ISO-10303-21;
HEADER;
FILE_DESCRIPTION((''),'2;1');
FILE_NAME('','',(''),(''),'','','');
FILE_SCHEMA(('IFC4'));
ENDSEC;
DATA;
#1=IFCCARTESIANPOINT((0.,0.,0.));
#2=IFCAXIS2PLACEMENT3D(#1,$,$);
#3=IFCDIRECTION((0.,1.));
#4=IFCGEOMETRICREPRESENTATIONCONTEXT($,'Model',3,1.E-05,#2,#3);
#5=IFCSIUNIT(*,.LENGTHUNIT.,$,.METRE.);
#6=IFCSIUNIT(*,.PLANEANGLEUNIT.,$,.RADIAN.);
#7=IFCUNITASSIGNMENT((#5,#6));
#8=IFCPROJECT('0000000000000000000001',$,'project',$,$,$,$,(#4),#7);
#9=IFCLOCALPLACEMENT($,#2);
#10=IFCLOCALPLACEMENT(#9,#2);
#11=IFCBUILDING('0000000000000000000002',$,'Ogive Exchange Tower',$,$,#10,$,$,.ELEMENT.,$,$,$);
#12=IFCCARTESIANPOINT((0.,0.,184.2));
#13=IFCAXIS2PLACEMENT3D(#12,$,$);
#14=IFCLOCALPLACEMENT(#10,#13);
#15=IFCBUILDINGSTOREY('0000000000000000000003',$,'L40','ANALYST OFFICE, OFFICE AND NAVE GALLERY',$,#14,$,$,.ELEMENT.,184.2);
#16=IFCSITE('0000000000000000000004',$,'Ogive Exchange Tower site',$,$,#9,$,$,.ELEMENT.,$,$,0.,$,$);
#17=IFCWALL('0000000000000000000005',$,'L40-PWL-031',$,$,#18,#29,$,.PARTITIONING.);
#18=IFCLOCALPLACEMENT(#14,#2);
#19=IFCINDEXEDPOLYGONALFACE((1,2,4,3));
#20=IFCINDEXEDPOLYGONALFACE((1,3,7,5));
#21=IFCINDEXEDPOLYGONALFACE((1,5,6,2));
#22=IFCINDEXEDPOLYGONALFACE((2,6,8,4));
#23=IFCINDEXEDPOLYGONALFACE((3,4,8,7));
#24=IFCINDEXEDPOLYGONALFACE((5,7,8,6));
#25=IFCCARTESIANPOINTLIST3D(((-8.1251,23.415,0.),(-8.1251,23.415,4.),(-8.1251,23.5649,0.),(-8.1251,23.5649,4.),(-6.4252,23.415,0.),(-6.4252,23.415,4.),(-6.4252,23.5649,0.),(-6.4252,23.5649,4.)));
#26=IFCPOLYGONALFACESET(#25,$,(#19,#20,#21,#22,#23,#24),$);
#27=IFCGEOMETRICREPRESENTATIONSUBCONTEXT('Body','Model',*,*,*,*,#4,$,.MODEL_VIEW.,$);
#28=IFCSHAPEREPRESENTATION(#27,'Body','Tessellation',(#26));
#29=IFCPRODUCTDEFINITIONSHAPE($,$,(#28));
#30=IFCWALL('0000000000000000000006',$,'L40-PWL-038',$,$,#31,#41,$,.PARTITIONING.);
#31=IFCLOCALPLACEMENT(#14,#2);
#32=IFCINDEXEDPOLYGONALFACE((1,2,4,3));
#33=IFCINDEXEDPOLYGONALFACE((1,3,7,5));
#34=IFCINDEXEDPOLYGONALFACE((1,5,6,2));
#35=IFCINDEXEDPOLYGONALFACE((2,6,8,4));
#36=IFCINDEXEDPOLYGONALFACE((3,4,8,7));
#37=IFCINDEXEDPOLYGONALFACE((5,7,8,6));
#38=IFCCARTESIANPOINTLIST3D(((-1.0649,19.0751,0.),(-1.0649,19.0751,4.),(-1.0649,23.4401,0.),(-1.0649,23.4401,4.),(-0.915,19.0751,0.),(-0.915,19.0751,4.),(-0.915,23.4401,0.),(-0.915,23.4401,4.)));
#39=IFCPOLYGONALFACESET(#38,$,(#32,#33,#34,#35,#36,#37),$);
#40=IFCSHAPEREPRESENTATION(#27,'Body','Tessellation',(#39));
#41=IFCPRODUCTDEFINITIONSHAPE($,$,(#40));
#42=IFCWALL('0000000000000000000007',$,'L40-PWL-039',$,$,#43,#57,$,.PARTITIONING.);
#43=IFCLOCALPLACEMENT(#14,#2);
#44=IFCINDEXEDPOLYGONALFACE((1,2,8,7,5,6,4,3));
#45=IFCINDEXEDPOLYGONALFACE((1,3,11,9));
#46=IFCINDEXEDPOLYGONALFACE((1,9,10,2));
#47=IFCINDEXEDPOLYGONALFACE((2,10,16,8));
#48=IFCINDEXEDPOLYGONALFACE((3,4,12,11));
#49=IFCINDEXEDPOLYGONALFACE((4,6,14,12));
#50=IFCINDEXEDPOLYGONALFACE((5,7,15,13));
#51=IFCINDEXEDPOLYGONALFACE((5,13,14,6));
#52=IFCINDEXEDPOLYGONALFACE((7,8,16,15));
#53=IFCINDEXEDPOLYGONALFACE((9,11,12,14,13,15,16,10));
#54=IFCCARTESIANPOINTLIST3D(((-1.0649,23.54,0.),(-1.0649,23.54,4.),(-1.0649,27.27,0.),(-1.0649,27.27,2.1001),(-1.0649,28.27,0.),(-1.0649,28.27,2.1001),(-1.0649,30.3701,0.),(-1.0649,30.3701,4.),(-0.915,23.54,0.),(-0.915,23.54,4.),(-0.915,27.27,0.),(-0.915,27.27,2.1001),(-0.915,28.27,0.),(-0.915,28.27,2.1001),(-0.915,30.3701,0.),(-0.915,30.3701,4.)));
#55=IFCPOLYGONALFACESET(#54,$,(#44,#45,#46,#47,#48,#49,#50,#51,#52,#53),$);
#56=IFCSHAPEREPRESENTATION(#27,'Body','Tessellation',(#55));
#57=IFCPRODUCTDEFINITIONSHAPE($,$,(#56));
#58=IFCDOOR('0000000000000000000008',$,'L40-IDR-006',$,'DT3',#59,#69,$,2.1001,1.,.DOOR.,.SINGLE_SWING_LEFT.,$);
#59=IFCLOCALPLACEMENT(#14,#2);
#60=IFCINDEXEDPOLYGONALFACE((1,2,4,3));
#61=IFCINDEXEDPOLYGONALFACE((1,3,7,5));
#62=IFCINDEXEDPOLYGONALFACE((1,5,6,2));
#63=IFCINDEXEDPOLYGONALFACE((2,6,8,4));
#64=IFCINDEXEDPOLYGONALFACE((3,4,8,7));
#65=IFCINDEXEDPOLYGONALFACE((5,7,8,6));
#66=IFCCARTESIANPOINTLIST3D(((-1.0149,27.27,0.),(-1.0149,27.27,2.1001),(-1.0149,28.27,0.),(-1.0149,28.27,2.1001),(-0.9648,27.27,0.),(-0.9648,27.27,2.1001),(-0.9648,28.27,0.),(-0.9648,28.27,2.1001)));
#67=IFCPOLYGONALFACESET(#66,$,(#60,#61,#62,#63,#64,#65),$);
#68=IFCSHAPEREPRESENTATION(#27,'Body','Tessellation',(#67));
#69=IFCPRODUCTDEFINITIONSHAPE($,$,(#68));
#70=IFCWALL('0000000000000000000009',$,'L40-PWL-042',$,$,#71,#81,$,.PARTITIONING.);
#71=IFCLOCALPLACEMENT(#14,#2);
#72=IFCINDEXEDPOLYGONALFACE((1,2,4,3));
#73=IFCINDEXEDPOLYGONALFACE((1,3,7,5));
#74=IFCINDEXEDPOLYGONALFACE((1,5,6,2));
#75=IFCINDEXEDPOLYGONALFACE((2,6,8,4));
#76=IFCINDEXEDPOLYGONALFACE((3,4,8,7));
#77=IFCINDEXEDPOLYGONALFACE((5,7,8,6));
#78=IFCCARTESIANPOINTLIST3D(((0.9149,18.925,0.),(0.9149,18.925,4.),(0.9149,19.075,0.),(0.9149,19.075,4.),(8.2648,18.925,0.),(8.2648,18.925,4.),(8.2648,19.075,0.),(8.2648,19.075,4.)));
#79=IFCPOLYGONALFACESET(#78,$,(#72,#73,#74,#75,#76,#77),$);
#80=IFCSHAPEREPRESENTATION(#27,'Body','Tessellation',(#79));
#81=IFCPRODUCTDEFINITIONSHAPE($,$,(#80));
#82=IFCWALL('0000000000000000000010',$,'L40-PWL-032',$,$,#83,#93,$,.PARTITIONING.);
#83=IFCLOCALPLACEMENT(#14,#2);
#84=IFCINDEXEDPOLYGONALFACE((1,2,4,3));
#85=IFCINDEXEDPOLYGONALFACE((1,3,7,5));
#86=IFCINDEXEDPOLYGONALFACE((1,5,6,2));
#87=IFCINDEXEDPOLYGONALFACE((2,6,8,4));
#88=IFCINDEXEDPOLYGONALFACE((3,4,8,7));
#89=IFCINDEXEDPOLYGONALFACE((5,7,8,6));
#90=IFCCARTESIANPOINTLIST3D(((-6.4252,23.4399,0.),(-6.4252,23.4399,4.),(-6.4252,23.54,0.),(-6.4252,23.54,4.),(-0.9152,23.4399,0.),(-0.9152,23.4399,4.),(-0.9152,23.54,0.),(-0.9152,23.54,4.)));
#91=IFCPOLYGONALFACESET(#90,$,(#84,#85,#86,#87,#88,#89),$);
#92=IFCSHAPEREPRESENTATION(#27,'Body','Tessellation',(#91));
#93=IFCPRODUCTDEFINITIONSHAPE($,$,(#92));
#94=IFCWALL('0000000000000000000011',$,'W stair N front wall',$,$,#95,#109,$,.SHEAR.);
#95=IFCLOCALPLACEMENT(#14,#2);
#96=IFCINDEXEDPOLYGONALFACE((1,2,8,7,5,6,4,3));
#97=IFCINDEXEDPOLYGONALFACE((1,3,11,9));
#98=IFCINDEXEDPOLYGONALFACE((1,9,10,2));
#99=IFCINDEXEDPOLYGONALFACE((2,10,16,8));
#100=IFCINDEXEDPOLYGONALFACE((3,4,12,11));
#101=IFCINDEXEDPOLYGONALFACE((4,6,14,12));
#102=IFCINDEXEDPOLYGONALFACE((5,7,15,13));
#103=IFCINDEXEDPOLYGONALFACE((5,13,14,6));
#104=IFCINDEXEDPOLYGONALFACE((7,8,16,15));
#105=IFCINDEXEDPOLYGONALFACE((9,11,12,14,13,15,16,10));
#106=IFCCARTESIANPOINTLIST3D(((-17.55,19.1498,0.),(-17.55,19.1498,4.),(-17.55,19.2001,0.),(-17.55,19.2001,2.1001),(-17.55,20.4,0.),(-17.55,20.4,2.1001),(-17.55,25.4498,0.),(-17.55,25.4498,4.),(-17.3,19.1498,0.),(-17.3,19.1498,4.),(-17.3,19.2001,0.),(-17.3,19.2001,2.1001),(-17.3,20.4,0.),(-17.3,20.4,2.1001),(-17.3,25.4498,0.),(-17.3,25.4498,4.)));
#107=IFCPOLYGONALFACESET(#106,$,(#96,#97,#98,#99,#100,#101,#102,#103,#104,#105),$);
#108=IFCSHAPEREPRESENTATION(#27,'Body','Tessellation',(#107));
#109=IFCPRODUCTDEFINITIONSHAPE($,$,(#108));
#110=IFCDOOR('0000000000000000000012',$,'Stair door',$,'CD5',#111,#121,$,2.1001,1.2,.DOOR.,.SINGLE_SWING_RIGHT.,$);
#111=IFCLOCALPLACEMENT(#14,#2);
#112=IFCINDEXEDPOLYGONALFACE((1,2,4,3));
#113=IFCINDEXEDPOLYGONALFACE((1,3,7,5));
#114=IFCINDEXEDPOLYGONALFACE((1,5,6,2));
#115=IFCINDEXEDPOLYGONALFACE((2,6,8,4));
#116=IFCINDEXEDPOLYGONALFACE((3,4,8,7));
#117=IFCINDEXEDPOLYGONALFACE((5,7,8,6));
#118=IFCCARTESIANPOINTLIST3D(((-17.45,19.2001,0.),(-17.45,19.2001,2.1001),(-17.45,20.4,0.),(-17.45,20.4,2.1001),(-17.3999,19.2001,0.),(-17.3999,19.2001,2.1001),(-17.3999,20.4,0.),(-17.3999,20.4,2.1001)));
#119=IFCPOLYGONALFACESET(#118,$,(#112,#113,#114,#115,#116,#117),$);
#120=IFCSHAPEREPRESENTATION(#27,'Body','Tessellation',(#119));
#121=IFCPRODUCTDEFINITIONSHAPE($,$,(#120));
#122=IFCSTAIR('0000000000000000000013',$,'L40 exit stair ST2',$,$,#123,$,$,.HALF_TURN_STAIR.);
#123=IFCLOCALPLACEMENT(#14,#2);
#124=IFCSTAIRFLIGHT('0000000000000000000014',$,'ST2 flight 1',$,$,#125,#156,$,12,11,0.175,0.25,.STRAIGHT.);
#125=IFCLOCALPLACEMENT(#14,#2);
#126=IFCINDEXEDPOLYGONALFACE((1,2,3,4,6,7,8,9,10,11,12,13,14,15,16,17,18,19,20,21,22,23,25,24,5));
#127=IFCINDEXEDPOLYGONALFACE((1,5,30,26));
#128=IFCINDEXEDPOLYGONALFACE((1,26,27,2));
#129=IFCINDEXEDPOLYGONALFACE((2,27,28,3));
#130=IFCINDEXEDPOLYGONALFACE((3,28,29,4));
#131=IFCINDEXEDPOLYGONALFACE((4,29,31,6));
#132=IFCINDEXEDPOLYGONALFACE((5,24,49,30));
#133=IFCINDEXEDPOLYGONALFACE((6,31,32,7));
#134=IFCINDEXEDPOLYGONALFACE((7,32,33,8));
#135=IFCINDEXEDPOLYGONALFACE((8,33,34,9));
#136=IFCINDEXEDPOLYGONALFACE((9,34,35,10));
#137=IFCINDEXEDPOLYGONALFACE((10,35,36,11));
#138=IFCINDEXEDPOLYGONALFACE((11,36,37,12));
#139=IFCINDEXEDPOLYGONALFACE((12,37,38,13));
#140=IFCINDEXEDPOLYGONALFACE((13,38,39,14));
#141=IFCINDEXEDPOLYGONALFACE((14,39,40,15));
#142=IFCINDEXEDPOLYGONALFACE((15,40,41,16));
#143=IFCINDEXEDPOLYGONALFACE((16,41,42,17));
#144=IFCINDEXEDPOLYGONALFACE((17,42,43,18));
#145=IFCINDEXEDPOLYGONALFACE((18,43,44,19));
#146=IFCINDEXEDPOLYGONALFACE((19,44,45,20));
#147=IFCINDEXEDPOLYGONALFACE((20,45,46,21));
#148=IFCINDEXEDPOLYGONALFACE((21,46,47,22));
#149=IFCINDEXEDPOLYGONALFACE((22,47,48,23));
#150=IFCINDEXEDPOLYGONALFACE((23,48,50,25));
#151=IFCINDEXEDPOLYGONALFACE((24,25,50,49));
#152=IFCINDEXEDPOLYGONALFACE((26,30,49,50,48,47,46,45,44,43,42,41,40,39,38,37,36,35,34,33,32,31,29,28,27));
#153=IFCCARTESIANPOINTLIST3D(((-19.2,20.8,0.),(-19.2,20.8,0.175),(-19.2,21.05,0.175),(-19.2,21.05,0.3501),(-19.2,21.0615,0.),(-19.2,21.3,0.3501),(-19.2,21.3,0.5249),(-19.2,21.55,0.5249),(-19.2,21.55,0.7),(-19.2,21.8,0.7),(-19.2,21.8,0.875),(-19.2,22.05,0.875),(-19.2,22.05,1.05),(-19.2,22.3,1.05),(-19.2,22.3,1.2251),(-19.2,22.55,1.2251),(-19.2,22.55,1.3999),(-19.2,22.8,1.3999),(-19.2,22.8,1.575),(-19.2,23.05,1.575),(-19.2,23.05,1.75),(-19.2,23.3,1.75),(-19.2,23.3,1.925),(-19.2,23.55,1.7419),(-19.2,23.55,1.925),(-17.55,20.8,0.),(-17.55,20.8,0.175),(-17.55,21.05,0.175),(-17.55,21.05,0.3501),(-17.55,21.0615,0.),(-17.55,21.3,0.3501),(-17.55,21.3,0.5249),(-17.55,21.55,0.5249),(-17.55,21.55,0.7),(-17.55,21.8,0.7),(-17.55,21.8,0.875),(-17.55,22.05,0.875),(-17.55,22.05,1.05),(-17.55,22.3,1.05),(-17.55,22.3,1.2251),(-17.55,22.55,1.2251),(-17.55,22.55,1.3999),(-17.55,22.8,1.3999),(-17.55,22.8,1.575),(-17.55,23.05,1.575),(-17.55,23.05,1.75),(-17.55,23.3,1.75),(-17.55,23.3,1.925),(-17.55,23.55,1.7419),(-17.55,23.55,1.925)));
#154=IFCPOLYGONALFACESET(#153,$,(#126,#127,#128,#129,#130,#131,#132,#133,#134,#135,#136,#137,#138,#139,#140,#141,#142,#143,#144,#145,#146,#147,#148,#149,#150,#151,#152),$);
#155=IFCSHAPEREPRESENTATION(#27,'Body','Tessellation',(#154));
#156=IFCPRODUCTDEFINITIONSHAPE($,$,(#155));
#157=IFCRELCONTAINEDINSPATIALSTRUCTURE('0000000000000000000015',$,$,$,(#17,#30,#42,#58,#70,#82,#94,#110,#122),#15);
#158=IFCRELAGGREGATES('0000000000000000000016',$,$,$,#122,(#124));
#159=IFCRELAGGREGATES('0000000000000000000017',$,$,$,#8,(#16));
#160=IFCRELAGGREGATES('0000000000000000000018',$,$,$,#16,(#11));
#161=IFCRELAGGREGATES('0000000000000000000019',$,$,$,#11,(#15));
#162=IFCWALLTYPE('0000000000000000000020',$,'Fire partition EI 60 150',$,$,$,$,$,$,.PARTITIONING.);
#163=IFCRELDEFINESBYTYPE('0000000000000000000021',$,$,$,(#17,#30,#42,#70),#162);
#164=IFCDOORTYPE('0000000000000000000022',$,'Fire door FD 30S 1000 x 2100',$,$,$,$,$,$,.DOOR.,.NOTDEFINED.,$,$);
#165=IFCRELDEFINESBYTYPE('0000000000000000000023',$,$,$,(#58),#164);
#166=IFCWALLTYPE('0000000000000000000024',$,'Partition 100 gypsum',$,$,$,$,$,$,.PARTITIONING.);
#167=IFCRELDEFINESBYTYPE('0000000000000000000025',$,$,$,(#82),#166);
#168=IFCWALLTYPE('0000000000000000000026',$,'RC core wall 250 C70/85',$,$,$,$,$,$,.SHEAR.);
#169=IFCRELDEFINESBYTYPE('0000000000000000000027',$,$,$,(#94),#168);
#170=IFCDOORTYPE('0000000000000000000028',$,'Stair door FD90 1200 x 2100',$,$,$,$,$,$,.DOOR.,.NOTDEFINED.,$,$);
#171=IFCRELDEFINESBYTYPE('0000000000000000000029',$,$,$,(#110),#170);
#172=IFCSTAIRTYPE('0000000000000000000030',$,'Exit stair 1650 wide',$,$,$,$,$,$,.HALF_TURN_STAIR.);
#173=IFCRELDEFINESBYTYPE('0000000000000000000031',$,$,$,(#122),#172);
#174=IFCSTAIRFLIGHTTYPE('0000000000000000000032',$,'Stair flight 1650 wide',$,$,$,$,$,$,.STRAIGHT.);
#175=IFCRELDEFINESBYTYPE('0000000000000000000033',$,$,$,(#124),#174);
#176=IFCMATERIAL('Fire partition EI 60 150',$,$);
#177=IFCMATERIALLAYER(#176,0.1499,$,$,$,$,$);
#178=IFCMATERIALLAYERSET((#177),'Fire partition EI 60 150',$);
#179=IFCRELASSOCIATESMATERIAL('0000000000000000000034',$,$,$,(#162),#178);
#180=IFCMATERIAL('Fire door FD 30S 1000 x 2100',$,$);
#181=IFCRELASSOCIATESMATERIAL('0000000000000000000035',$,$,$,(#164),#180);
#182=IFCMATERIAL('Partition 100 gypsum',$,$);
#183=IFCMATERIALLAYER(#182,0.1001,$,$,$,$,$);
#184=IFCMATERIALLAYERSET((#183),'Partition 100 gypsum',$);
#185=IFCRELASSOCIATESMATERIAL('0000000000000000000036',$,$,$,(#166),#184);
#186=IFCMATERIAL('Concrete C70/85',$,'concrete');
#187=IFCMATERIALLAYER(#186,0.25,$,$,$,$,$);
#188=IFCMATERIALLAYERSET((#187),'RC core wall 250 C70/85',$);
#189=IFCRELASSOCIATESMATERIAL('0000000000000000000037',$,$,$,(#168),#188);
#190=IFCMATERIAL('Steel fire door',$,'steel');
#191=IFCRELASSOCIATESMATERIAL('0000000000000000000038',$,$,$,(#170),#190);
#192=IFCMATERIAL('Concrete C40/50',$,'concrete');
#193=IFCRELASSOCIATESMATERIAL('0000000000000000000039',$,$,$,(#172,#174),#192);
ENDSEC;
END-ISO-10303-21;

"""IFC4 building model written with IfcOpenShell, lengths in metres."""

from ifc_helpers import new_model, si_unit, direction, frame, frame_2d, origin, place, context, subcontext, project, spatial, polyline, rectangle, outline, extrude, material, layer, layer_set, type_object, element, fill, aggregate, save


model = new_model("IFC4")

# Units and contexts
model_context = context("Model", 3, precision=1e-05, world=origin(), true_north=direction((0.0, 1.0)))
body_context = subcontext(model_context, "Body", "Model", "MODEL_VIEW")
ifc_project = project(units=[si_unit("LENGTHUNIT", "METRE"), si_unit("PLANEANGLEUNIT", "RADIAN")], contexts=[model_context])

# Site, building, storey
site_placement = place(None, origin())
site = spatial("IfcSite", under=ifc_project, at=site_placement, Name="Ogive Exchange Tower site", CompositionType="ELEMENT", RefElevation=0.0)
building_placement = place(site_placement, origin())
building = spatial("IfcBuilding", under=site, at=building_placement, Name="Ogive Exchange Tower", CompositionType="ELEMENT")
storey_placement = place(building_placement, frame((0.0, 0.0, 184.2)))
storey = spatial("IfcBuildingStorey", under=building, at=storey_placement, Name="L40", Description="ANALYST OFFICE, OFFICE AND NAVE GALLERY", CompositionType="ELEMENT", Elevation=184.2)

# Shared definitions
ifc_material_1 = material(Name="Fire partition EI 60 150")
ifc_layer_1 = layer(ifc_material_1, 0.1499)
ifc_layer_set_1 = layer_set([ifc_layer_1], Name="Fire partition EI 60 150")
wall_type_1 = type_object("IfcWallType", Name="Fire partition EI 60 150", PredefinedType="PARTITIONING", material=ifc_layer_set_1)
ifc_material_2 = material(Name="Fire door FD 30S 1000 x 2100")
door_type_1 = type_object("IfcDoorType", Name="Fire door FD 30S 1000 x 2100", OperationType="NOTDEFINED", PredefinedType="DOOR", material=ifc_material_2)

# Walls
wall_1_placement = place(storey_placement, frame((-6.425, 23.49, 0.0), z_axis=(0.0, 0.0, 1.0), x_axis=(-1.0, 0.0, 0.0)))
element("IfcWall", 1, at=wall_1_placement, inside=storey, type_object=wall_type_1, Name="L40-PWL-031", PredefinedType="PARTITIONING", context=body_context, shape_type="SweptSolid", body=[
    extrude(rectangle(XDim=1.7, YDim=0.1499, at=frame_2d((0.8501, 0.0))), origin(), (0.0, 0.0, 1.0), 4.0),
])
wall_2_placement = place(storey_placement, frame((-0.99, 19.075, 0.0), z_axis=(0.0, 0.0, 1.0), x_axis=(0.0, 1.0, 0.0)))
element("IfcWall", 2, at=wall_2_placement, inside=storey, type_object=wall_type_1, Name="L40-PWL-038", PredefinedType="PARTITIONING", context=body_context, shape_type="SweptSolid", body=[
    extrude(rectangle(XDim=4.365, YDim=0.1499, at=frame_2d((2.1826, 0.0))), origin(), (0.0, 0.0, 1.0), 4.0),
])

# Wall, opening, door
wall_3_placement = place(storey_placement, frame((-0.99, 23.54, 0.0), z_axis=(0.0, 0.0, 1.0), x_axis=(0.0, 1.0, 0.0)))
wall_3 = element("IfcWall", 3, at=wall_3_placement, inside=storey, type_object=wall_type_1, Name="L40-PWL-039", PredefinedType="PARTITIONING", context=body_context, shape_type="SweptSolid", body=[
    extrude(rectangle(XDim=6.8301, YDim=0.1499, at=frame_2d((3.415, 0.0))), origin(), (0.0, 0.0, 1.0), 4.0),
])
opening_1_placement = place(wall_3_placement, frame((3.73, 0.0, 0.0)))
opening_1 = element("IfcOpeningElement", 4, at=opening_1_placement, cuts=wall_3, PredefinedType="OPENING", context=body_context, shape_type="SweptSolid", body=[
    extrude(rectangle(XDim=1.0, YDim=2.1001, at=frame_2d((0.5, 1.05))), frame((0.0, 0.085, 0.0), z_axis=(0.0, -1.0, 0.0), x_axis=(1.0, 0.0, 0.0)), (0.0, 0.0, 1.0), 0.1699),
])
door_1_placement = place(opening_1_placement, origin())
door_1 = element("IfcDoor", 5, at=door_1_placement, inside=storey, type_object=door_type_1, Name="L40-IDR-006", ObjectType="DT3", OperationType="SINGLE_SWING_LEFT", OverallHeight=2.1001, OverallWidth=1.0, PredefinedType="DOOR", context=body_context, shape_type="SweptSolid", body=[
    extrude(rectangle(XDim=1.0, YDim=2.1001, at=frame_2d((0.5, 1.05))), frame((0.0, 0.0249, 0.0), z_axis=(0.0, -1.0, 0.0), x_axis=(1.0, 0.0, 0.0)), (0.0, 0.0, 1.0), 0.05),
])
fill(opening_1, door_1)

# Walls
wall_4_placement = place(storey_placement, frame((0.915, 19.0, 0.0), z_axis=(0.0, 0.0, 1.0), x_axis=(1.0, 0.0, 0.0)))
element("IfcWall", 6, at=wall_4_placement, inside=storey, type_object=wall_type_1, Name="L40-PWL-042", PredefinedType="PARTITIONING", context=body_context, shape_type="SweptSolid", body=[
    extrude(rectangle(XDim=7.3499, YDim=0.1499, at=frame_2d((3.6748, 0.0))), origin(), (0.0, 0.0, 1.0), 4.0),
])
ifc_material_3 = material(Name="Partition 100 gypsum")
ifc_layer_2 = layer(ifc_material_3, 0.1001)
ifc_layer_set_2 = layer_set([ifc_layer_2], Name="Partition 100 gypsum")
wall_type_2 = type_object("IfcWallType", Name="Partition 100 gypsum", PredefinedType="PARTITIONING", material=ifc_layer_set_2)
wall_5_placement = place(storey_placement, frame((-6.425, 23.49, 0.0), z_axis=(0.0, 0.0, 1.0), x_axis=(1.0, 0.0, 0.0)))
element("IfcWall", 7, at=wall_5_placement, inside=storey, type_object=wall_type_2, Name="L40-PWL-032", PredefinedType="PARTITIONING", context=body_context, shape_type="SweptSolid", body=[
    extrude(rectangle(XDim=5.51, YDim=0.1001, at=frame_2d((2.7549, 0.0))), origin(), (0.0, 0.0, 1.0), 4.0),
])

# Wall, opening, door
ifc_material_4 = material(Name="Concrete C70/85", Category="concrete")
ifc_layer_3 = layer(ifc_material_4, 0.25)
ifc_layer_set_3 = layer_set([ifc_layer_3], Name="RC core wall 250 C70/85")
wall_type_3 = type_object("IfcWallType", Name="RC core wall 250 C70/85", PredefinedType="SHEAR", material=ifc_layer_set_3)
wall_6_placement = place(storey_placement, frame((-17.425, 19.1499, 0.0), z_axis=(0.0, 0.0, 1.0), x_axis=(0.0, 1.0, 0.0)))
wall_6 = element("IfcWall", 8, at=wall_6_placement, inside=storey, type_object=wall_type_3, Name="W stair N front wall", PredefinedType="SHEAR", context=body_context, shape_type="SweptSolid", body=[
    extrude(rectangle(XDim=6.3, YDim=0.25, at=frame_2d((3.1499, 0.0))), origin(), (0.0, 0.0, 1.0), 4.0),
])
opening_2_placement = place(wall_6_placement, frame((0.05, 0.0, 0.0)))
opening_2 = element("IfcOpeningElement", 9, at=opening_2_placement, cuts=wall_6, PredefinedType="OPENING", context=body_context, shape_type="SweptSolid", body=[
    extrude(rectangle(XDim=1.2, YDim=2.1001, at=frame_2d((0.6001, 1.05))), frame((0.0, 0.135, 0.0), z_axis=(0.0, -1.0, 0.0), x_axis=(1.0, 0.0, 0.0)), (0.0, 0.0, 1.0), 0.27),
])
ifc_material_5 = material(Name="Steel fire door", Category="steel")
door_type_2 = type_object("IfcDoorType", Name="Stair door FD90 1200 x 2100", OperationType="NOTDEFINED", PredefinedType="DOOR", material=ifc_material_5)
door_2_placement = place(opening_2_placement, origin())
door_2 = element("IfcDoor", 10, at=door_2_placement, inside=storey, type_object=door_type_2, Name="Stair door", ObjectType="CD5", OperationType="SINGLE_SWING_RIGHT", OverallHeight=2.1001, OverallWidth=1.2, PredefinedType="DOOR", context=body_context, shape_type="SweptSolid", body=[
    extrude(rectangle(XDim=1.2, YDim=2.1001, at=frame_2d((0.6001, 1.05))), frame((0.0, 0.0249, 0.0), z_axis=(0.0, -1.0, 0.0), x_axis=(1.0, 0.0, 0.0)), (0.0, 0.0, 1.0), 0.05),
])
fill(opening_2, door_2)

# Stair, stair flight
ifc_material_6 = material(Name="Concrete C40/50", Category="concrete")
stair_type = type_object("IfcStairType", Name="Exit stair 1650 wide", PredefinedType="HALF_TURN_STAIR", material=ifc_material_6)
stair_placement = place(storey_placement, origin())
stair = element("IfcStair", 11, at=stair_placement, inside=storey, type_object=stair_type, Name="L40 exit stair ST2", PredefinedType="HALF_TURN_STAIR")
stair_flight_type = type_object("IfcStairFlightType", Name="Stair flight 1650 wide", PredefinedType="STRAIGHT", material=ifc_material_6)
stair_flight_1_placement = place(storey_placement, frame((-18.375, 20.8, 0.0), z_axis=(0.0, 0.0, 1.0), x_axis=(0.0, 1.0, 0.0)))
stair_flight_1 = element("IfcStairFlight", 12, at=stair_flight_1_placement, type_object=stair_flight_type, Name="ST2 flight 1", NumberOfRisers=12, NumberOfTreads=11, PredefinedType="STRAIGHT", RiserHeight=0.175, TreadLength=0.25, context=body_context, shape_type="SweptSolid", body=[
    extrude(outline(polyline([(0.0, 0.0), (0.0, 0.175), (0.25, 0.175), (0.25, 0.3501), (0.5, 0.3501), (0.5, 0.5249), (0.75, 0.5249), (0.75, 0.7), (1.0, 0.7), (1.0, 0.875), (1.25, 0.875), (1.25, 1.05), (1.5, 1.05), (1.5, 1.2251), (1.75, 1.2251), (1.75, 1.3999), (2.0, 1.3999), (2.0, 1.575), (2.25, 1.575), (2.25, 1.75), (2.5, 1.75), (2.5, 1.925), (2.75, 1.925), (2.75, 2.1001), (2.75, 1.7419), (0.2615, 0.0), (0.0, 0.0)])), frame((0.0, 0.825, 0.0), z_axis=(0.0, -1.0, 0.0), x_axis=(1.0, 0.0, 0.0)), (0.0, 0.0, 1.0), 1.6499),
])
aggregate(stair, [stair_flight_1])

save(model, "model.ifc")
